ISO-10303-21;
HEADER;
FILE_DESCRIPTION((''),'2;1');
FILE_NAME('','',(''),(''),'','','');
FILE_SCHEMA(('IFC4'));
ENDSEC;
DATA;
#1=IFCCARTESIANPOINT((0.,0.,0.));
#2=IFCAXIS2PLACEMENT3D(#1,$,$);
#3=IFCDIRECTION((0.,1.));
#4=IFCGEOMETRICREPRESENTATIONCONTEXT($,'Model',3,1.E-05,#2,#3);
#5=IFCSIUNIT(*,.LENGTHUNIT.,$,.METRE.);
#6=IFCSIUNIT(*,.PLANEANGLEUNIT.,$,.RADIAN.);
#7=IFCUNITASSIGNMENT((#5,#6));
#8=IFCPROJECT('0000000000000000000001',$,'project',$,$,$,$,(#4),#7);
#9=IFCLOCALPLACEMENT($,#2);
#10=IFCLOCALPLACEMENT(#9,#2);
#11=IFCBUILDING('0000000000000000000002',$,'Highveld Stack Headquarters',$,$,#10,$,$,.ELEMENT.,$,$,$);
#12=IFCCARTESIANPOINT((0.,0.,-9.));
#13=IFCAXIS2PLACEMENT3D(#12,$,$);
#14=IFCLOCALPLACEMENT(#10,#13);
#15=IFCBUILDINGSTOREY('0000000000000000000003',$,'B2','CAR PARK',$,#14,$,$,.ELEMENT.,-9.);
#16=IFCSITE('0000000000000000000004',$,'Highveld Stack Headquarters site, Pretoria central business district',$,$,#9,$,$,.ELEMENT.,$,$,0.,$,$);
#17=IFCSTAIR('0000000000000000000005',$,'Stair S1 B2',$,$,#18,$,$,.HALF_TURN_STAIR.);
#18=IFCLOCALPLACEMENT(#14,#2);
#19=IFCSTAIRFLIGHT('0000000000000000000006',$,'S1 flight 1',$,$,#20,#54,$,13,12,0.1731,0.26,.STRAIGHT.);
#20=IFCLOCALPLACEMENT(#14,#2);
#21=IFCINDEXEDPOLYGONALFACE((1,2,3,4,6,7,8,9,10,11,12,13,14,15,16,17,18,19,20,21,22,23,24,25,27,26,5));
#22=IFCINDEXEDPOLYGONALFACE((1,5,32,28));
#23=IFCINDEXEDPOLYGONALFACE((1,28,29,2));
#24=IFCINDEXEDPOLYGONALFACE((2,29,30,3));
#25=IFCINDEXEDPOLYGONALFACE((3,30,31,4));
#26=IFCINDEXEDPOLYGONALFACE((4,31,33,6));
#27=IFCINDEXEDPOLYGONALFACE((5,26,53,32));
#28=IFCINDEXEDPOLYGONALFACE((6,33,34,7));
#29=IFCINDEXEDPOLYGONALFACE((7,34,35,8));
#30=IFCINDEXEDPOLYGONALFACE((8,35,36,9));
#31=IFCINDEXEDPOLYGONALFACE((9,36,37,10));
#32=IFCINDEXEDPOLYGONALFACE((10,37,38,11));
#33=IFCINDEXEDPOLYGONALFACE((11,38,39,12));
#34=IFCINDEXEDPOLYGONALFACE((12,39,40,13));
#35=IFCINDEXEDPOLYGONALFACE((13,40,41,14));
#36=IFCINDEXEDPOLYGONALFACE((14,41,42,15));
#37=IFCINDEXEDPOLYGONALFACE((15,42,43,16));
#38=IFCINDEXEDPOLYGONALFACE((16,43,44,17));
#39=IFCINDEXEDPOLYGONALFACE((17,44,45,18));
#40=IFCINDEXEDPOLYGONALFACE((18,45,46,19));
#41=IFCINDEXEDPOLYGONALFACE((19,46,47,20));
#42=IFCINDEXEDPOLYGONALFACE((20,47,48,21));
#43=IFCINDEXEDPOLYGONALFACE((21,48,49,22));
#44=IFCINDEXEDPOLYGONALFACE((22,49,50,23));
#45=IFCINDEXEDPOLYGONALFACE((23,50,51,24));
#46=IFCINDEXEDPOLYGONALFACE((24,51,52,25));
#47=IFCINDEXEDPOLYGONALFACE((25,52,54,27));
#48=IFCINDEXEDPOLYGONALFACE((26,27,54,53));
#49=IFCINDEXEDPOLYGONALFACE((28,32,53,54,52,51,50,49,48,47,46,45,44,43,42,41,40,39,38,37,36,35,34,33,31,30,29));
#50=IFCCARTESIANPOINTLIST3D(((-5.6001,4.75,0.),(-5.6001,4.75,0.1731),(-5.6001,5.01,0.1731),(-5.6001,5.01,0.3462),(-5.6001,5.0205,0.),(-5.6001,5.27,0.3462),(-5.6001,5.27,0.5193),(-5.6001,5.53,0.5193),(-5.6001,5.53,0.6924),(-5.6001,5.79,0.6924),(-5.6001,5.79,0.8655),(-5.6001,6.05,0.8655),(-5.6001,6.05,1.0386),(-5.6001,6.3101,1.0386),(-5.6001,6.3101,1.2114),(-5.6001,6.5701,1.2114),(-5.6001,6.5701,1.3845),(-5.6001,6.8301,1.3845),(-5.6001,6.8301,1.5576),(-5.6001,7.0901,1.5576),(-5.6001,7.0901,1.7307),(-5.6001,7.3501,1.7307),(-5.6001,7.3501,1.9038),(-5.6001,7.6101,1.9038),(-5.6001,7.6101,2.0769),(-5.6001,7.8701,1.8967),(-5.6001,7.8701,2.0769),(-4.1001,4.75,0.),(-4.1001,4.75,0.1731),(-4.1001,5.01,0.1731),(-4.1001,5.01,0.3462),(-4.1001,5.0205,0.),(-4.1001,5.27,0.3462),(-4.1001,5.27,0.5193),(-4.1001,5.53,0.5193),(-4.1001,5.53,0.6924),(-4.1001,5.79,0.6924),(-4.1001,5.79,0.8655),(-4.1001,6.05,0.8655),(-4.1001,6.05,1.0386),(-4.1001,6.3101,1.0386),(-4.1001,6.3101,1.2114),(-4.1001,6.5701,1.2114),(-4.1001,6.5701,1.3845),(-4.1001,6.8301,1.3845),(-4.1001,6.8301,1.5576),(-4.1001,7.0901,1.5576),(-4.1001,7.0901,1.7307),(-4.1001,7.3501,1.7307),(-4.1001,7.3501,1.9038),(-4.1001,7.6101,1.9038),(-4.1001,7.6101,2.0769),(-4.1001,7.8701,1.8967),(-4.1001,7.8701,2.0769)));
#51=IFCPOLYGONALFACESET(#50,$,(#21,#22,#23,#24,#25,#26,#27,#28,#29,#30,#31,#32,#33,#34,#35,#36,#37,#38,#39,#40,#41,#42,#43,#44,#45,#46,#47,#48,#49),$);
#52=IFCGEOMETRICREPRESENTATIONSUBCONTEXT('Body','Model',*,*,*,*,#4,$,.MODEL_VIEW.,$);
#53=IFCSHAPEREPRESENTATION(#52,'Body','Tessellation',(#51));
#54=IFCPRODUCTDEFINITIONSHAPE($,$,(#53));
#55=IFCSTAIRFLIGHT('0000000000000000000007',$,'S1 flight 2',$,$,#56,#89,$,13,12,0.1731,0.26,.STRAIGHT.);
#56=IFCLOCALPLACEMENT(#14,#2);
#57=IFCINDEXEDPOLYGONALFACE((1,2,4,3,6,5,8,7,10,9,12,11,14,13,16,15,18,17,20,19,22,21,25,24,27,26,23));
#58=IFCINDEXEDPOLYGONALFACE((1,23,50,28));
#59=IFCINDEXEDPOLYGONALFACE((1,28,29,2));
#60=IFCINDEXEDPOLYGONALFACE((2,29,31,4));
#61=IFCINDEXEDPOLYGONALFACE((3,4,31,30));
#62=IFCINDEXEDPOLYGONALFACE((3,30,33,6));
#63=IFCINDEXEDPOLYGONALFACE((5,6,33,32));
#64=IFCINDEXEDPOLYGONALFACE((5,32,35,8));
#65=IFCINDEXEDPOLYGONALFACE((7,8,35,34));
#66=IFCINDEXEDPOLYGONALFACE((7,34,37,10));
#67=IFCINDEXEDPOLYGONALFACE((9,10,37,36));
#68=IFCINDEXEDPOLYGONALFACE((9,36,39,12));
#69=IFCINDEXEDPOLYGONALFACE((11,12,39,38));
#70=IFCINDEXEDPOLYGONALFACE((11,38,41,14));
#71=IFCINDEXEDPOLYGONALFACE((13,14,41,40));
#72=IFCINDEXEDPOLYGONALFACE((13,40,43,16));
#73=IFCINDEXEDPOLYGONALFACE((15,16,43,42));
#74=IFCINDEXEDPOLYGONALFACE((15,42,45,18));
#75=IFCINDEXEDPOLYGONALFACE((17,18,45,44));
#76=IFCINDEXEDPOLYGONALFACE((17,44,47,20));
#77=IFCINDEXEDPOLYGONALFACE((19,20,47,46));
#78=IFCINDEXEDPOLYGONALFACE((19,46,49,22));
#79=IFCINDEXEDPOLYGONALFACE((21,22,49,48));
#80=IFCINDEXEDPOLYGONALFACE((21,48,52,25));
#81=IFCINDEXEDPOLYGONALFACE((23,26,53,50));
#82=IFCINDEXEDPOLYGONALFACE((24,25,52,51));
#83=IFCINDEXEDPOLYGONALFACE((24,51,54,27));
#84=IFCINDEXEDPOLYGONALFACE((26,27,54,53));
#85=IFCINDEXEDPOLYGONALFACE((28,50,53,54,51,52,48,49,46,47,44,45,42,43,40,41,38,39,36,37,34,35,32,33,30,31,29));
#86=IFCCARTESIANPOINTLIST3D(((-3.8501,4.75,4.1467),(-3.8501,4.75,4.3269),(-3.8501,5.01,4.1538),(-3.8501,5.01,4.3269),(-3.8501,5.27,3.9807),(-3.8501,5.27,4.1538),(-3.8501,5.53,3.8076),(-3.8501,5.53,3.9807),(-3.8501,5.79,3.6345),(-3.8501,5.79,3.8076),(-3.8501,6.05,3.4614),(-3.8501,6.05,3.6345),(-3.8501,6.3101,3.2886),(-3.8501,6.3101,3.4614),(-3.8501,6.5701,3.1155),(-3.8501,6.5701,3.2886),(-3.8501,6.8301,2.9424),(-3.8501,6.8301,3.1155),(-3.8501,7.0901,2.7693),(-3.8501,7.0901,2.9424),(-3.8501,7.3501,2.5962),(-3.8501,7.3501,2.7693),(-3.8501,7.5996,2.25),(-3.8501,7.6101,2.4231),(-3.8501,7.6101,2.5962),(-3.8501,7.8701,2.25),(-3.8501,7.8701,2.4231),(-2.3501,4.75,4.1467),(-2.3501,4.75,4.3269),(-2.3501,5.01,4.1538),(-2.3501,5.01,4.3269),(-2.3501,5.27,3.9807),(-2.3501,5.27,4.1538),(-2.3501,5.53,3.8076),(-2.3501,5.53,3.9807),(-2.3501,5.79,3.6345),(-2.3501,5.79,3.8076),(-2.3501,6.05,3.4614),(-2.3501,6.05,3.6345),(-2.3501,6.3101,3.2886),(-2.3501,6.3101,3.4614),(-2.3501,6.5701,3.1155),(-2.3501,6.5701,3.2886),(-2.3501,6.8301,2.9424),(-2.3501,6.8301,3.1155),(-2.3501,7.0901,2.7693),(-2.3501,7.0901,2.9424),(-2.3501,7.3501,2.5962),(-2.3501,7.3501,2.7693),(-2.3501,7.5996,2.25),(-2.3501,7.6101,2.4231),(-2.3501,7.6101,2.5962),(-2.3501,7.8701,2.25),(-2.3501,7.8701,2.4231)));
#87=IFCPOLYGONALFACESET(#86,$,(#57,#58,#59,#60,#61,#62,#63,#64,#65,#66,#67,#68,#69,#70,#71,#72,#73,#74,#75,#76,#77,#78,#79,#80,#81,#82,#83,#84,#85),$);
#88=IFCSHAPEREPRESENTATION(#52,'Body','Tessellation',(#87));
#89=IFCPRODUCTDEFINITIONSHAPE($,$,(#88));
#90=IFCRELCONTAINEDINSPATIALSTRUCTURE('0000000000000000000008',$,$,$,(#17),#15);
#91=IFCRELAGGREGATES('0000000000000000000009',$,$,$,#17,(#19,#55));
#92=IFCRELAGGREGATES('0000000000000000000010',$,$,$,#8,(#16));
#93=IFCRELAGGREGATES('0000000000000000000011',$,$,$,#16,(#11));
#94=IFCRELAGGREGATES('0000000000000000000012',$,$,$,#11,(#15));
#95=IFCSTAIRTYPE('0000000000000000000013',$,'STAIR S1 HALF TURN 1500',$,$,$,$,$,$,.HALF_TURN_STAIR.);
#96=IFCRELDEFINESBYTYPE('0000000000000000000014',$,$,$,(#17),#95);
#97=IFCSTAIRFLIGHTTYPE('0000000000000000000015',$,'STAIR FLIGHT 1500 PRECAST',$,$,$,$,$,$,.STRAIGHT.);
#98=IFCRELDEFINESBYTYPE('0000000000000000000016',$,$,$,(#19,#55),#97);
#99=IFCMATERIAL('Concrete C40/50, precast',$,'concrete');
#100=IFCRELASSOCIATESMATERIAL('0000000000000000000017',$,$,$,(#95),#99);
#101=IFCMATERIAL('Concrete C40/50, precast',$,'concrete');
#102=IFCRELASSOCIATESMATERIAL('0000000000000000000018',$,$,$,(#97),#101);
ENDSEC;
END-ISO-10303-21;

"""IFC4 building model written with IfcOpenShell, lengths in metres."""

from ifc_helpers import new_model, si_unit, direction, frame, origin, place, context, subcontext, project, spatial, polyline, outline, extrude, material, type_object, element, aggregate, save


model = new_model("IFC4")

# Units and contexts
model_context = context("Model", 3, precision=1e-05, world=origin(), true_north=direction((0.0, 1.0)))
body_context = subcontext(model_context, "Body", "Model", "MODEL_VIEW")
ifc_project = project(units=[si_unit("LENGTHUNIT", "METRE"), si_unit("PLANEANGLEUNIT", "RADIAN")], contexts=[model_context])

# Site, building, storey
site_placement = place(None, origin())
site = spatial("IfcSite", under=ifc_project, at=site_placement, Name="Highveld Stack Headquarters site, Pretoria central business district", CompositionType="ELEMENT", RefElevation=0.0)
building_placement = place(site_placement, origin())
building = spatial("IfcBuilding", under=site, at=building_placement, Name="Highveld Stack Headquarters", CompositionType="ELEMENT")
storey_placement = place(building_placement, frame((0.0, 0.0, -9.0)))
storey = spatial("IfcBuildingStorey", under=building, at=storey_placement, Name="B2", Description="CAR PARK", CompositionType="ELEMENT", Elevation=-9.0)

# Stair, stair flights
ifc_material_1 = material(Name="Concrete C40/50, precast", Category="concrete")
stair_type = type_object("IfcStairType", Name="STAIR S1 HALF TURN 1500", PredefinedType="HALF_TURN_STAIR", material=ifc_material_1)
stair_placement = place(storey_placement, origin())
stair = element("IfcStair", 1, at=stair_placement, inside=storey, type_object=stair_type, Name="Stair S1 B2", PredefinedType="HALF_TURN_STAIR")
ifc_material_2 = material(Name="Concrete C40/50, precast", Category="concrete")
stair_flight_type = type_object("IfcStairFlightType", Name="STAIR FLIGHT 1500 PRECAST", PredefinedType="STRAIGHT", material=ifc_material_2)
stair_flight_1_placement = place(storey_placement, frame((-4.8501, 4.75, 0.0), z_axis=(0.0, 0.0, 1.0), x_axis=(0.0, 1.0, 0.0)))
stair_flight_1 = element("IfcStairFlight", 2, at=stair_flight_1_placement, type_object=stair_flight_type, Name="S1 flight 1", NumberOfRisers=13, NumberOfTreads=12, PredefinedType="STRAIGHT", RiserHeight=0.1731, TreadLength=0.26, context=body_context, shape_type="SweptSolid", body=[
    extrude(outline(polyline([(0.0, 0.0), (0.0, 0.1731), (0.26, 0.1731), (0.26, 0.3462), (0.52, 0.3462), (0.52, 0.5193), (0.78, 0.5193), (0.78, 0.6924), (1.04, 0.6924), (1.04, 0.8655), (1.3, 0.8655), (1.3, 1.0386), (1.5601, 1.0386), (1.5601, 1.2114), (1.8201, 1.2114), (1.8201, 1.3845), (2.0801, 1.3845), (2.0801, 1.5576), (2.3401, 1.5576), (2.3401, 1.7307), (2.6001, 1.7307), (2.6001, 1.9038), (2.8601, 1.9038), (2.8601, 2.0769), (3.1201, 2.0769), (3.1201, 2.25), (3.1201, 1.8967), (0.2705, 0.0), (0.0, 0.0)])), frame((0.0, 0.75, 0.0), z_axis=(0.0, -1.0, 0.0), x_axis=(1.0, 0.0, 0.0)), (0.0, 0.0, 1.0), 1.5),
])
stair_flight_2_placement = place(storey_placement, frame((-3.1001, 7.8701, 2.25), z_axis=(0.0, 0.0, 1.0), x_axis=(0.0, -1.0, 0.0)))
stair_flight_2 = element("IfcStairFlight", 3, at=stair_flight_2_placement, type_object=stair_flight_type, Name="S1 flight 2", NumberOfRisers=13, NumberOfTreads=12, PredefinedType="STRAIGHT", RiserHeight=0.1731, TreadLength=0.26, context=body_context, shape_type="SweptSolid", body=[
    extrude(outline(polyline([(0.0, 0.0), (0.0, 0.1731), (0.26, 0.1731), (0.26, 0.3462), (0.52, 0.3462), (0.52, 0.5193), (0.78, 0.5193), (0.78, 0.6924), (1.04, 0.6924), (1.04, 0.8655), (1.3, 0.8655), (1.3, 1.0386), (1.5601, 1.0386), (1.5601, 1.2114), (1.8201, 1.2114), (1.8201, 1.3845), (2.0801, 1.3845), (2.0801, 1.5576), (2.3401, 1.5576), (2.3401, 1.7307), (2.6001, 1.7307), (2.6001, 1.9038), (2.8601, 1.9038), (2.8601, 2.0769), (3.1201, 2.0769), (3.1201, 2.25), (3.1201, 1.8967), (0.2705, 0.0), (0.0, 0.0)])), frame((0.0, 0.75, 0.0), z_axis=(0.0, -1.0, 0.0), x_axis=(1.0, 0.0, 0.0)), (0.0, 0.0, 1.0), 1.5),
])
aggregate(stair, [stair_flight_1, stair_flight_2])

save(model, "model.ifc")
